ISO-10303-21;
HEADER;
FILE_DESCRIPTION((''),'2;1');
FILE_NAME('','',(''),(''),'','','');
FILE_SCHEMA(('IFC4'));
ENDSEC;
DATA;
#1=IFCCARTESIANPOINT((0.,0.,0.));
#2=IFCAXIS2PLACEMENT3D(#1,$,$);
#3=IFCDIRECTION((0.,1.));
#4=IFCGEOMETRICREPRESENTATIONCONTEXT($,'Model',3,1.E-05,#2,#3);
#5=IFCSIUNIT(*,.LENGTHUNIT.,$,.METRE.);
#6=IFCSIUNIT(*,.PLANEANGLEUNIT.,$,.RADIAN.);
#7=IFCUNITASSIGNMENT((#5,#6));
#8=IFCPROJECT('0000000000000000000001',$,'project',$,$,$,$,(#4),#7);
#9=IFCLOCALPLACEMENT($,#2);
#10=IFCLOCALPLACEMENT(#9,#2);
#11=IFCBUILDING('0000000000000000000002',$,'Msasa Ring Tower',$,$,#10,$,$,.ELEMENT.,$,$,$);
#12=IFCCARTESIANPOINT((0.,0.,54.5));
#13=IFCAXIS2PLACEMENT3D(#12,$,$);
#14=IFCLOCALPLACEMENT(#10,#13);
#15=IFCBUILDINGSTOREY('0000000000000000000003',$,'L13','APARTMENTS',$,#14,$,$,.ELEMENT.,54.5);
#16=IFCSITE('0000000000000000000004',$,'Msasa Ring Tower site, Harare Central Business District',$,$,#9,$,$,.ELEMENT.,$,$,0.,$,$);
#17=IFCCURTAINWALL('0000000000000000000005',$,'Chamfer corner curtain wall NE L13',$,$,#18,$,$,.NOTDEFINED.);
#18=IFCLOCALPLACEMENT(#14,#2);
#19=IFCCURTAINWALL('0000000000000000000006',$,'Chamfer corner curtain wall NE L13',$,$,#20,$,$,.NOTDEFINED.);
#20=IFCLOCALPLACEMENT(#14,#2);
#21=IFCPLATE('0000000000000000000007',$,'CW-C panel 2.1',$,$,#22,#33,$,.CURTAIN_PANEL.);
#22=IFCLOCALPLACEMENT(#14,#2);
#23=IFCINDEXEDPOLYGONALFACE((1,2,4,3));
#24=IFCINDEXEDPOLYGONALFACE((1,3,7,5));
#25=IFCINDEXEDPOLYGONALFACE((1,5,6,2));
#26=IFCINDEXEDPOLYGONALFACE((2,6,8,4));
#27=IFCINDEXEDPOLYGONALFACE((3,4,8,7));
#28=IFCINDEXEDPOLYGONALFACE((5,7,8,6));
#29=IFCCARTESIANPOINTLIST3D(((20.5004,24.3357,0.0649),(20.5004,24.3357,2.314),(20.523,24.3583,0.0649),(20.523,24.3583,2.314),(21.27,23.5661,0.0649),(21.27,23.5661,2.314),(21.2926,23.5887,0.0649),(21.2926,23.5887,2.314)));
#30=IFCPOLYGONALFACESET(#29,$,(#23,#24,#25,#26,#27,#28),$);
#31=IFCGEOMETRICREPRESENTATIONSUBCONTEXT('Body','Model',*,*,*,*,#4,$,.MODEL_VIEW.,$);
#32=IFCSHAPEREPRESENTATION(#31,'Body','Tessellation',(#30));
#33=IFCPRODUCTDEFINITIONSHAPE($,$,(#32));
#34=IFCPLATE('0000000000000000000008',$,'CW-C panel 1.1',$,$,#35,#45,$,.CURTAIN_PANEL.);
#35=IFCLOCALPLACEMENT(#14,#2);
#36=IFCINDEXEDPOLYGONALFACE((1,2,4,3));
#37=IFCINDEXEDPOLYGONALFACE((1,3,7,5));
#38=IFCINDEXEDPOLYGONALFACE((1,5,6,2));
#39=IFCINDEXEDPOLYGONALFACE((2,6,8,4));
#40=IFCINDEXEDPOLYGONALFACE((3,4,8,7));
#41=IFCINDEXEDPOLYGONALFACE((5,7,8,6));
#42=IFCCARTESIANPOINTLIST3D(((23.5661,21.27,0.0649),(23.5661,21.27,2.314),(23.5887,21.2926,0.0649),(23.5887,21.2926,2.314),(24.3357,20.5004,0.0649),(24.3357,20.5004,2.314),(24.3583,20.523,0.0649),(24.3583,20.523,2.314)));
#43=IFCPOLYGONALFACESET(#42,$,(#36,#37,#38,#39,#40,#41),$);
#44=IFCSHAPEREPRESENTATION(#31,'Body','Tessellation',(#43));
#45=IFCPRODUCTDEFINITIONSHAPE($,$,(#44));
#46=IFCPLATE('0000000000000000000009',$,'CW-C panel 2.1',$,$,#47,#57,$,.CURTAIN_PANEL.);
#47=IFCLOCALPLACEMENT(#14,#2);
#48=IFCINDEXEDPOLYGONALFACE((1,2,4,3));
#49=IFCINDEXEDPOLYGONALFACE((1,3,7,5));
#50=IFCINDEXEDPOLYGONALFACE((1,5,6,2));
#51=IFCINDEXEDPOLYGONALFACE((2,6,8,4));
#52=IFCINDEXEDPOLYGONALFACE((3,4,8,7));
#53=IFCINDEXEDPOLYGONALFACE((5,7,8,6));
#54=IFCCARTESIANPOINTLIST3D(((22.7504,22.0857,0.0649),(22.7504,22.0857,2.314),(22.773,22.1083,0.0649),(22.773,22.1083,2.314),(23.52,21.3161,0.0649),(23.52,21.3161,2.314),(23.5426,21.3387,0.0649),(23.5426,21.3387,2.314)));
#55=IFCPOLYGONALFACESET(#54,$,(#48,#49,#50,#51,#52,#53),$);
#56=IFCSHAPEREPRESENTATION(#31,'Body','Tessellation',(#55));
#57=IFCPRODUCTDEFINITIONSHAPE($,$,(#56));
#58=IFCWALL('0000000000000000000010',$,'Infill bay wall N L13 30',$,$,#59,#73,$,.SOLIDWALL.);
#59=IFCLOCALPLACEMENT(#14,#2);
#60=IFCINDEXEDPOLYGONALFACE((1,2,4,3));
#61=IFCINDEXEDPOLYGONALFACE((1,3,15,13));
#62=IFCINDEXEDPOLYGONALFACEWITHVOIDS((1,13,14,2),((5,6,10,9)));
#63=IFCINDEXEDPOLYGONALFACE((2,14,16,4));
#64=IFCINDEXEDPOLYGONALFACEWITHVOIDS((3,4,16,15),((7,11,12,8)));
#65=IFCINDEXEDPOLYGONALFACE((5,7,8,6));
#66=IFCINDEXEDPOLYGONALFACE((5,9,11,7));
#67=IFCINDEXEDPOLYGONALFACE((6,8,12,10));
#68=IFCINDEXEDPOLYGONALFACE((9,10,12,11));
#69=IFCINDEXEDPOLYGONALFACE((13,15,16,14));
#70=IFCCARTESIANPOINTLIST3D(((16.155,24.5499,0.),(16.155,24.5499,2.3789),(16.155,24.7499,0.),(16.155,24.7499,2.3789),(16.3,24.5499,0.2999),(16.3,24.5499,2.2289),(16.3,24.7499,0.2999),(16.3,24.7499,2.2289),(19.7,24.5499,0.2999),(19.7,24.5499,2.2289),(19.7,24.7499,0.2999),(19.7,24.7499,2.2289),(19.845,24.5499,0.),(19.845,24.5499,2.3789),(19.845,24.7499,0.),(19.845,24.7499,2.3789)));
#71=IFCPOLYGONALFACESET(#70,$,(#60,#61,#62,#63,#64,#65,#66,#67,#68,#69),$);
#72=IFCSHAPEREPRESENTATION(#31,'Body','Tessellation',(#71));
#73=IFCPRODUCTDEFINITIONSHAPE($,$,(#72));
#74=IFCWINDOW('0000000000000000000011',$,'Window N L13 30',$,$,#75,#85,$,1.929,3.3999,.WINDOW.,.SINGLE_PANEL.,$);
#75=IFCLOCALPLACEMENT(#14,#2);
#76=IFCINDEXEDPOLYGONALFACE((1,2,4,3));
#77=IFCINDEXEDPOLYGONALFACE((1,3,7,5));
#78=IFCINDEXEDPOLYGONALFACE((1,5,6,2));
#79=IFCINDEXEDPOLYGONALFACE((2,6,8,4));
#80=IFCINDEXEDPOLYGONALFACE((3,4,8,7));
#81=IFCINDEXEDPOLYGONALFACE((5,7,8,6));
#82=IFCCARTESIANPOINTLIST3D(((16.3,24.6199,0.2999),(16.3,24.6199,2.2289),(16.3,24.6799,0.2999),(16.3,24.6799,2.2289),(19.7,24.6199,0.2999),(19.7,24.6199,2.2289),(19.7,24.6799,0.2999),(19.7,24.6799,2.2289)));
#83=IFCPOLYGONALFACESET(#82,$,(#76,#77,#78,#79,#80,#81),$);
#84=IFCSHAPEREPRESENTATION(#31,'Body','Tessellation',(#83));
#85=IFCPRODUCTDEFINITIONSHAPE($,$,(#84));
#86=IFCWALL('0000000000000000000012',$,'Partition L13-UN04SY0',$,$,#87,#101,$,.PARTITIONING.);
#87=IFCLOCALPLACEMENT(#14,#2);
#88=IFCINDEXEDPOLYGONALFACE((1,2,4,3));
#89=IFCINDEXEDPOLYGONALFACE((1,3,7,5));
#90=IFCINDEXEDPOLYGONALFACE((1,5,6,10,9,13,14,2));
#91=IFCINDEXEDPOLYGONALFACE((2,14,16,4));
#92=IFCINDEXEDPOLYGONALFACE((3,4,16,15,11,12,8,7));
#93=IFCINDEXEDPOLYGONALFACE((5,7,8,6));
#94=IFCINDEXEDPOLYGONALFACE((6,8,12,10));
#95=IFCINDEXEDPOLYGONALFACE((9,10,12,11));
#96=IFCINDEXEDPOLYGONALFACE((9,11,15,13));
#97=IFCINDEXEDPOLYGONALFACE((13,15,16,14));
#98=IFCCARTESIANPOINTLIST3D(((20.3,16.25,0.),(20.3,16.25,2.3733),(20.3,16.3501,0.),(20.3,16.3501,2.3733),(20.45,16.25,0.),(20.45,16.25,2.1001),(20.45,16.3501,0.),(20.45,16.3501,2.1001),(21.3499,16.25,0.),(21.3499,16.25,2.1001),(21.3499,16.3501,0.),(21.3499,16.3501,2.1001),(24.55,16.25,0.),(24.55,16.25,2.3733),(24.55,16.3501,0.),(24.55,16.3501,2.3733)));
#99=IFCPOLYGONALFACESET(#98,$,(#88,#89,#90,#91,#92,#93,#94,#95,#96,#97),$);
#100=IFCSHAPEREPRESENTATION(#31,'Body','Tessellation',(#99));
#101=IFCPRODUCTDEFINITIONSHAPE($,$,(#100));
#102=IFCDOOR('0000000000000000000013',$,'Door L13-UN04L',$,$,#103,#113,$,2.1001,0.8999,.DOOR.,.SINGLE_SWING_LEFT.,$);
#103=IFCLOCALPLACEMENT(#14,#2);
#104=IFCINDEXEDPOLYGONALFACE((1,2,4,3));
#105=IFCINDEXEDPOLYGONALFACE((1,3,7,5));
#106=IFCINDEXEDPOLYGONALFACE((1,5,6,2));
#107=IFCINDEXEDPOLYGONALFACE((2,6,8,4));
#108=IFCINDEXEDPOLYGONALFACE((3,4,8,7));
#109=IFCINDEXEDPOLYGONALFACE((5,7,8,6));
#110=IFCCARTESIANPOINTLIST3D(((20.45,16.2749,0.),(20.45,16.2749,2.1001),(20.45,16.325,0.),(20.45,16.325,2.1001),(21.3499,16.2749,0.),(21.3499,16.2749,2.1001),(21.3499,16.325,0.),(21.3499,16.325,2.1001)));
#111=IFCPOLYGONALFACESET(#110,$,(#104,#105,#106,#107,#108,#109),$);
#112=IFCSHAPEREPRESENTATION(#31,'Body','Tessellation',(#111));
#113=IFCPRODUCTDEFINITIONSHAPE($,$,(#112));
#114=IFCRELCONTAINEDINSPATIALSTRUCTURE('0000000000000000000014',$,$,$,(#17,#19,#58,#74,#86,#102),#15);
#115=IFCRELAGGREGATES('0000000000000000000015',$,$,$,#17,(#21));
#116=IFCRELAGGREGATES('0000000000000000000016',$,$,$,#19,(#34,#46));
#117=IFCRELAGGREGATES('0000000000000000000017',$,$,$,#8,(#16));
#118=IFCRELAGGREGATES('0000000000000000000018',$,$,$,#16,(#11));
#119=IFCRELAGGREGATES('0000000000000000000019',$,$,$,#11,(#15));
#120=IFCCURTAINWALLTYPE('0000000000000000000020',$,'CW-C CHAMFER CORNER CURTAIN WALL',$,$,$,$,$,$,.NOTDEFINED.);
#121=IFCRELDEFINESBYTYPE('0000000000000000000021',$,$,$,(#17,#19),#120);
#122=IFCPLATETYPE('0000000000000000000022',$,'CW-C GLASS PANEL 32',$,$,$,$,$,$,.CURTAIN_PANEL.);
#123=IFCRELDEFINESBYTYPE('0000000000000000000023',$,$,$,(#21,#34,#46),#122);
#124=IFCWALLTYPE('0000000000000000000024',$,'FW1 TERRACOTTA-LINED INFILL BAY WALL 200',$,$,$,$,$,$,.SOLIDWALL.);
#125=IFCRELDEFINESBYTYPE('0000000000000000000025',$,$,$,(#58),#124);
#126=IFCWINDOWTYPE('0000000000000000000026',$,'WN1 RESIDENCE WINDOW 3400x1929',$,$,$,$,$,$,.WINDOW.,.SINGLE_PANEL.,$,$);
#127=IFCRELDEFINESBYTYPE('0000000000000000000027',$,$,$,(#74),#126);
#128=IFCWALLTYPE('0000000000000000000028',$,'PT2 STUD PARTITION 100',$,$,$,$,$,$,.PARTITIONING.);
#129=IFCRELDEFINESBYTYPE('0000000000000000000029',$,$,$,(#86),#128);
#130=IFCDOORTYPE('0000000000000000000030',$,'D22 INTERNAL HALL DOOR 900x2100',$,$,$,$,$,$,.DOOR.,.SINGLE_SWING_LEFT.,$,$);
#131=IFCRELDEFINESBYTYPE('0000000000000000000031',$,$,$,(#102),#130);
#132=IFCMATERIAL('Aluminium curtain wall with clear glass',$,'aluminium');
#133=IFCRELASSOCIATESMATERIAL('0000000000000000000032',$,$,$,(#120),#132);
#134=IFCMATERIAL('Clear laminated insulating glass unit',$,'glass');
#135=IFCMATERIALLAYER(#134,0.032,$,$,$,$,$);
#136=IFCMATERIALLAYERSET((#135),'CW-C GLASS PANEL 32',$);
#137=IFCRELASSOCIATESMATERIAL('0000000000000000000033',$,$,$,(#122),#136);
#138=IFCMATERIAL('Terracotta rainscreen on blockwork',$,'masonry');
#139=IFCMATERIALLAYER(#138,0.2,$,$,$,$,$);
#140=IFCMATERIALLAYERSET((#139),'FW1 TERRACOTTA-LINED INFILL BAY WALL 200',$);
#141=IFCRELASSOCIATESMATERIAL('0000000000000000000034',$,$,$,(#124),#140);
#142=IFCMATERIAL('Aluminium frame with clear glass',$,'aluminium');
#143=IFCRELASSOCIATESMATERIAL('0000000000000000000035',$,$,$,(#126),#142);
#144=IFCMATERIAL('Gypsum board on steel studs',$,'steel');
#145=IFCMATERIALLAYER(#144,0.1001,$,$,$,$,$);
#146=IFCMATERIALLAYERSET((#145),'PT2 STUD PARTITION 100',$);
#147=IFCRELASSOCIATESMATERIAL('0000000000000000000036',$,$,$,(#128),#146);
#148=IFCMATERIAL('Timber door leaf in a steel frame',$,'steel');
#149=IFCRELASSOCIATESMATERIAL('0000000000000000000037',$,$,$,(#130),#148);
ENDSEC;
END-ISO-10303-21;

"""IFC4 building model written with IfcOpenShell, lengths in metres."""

from ifc_helpers import new_model, si_unit, direction, frame, frame_2d, origin, origin_2d, place, context, subcontext, project, spatial, rectangle, extrude, material, layer, layer_set, type_object, element, fill, aggregate, save


model = new_model("IFC4")

# Units and contexts
model_context = context("Model", 3, precision=1e-05, world=origin(), true_north=direction((0.0, 1.0)))
body_context = subcontext(model_context, "Body", "Model", "MODEL_VIEW")
ifc_project = project(units=[si_unit("LENGTHUNIT", "METRE"), si_unit("PLANEANGLEUNIT", "RADIAN")], contexts=[model_context])

# Site, building, storey
site_placement = place(None, origin())
site = spatial("IfcSite", under=ifc_project, at=site_placement, Name="Msasa Ring Tower site, Harare Central Business District", CompositionType="ELEMENT", RefElevation=0.0)
building_placement = place(site_placement, origin())
building = spatial("IfcBuilding", under=site, at=building_placement, Name="Msasa Ring Tower", CompositionType="ELEMENT")
storey_placement = place(building_placement, frame((0.0, 0.0, 54.5)))
storey = spatial("IfcBuildingStorey", under=building, at=storey_placement, Name="L13", Description="APARTMENTS", CompositionType="ELEMENT", Elevation=54.5)

# Curtain walls
ifc_material_1 = material(Name="Aluminium curtain wall with clear glass", Category="aluminium")
curtain_wall_type = type_object("IfcCurtainWallType", Name="CW-C CHAMFER CORNER CURTAIN WALL", PredefinedType="NOTDEFINED", material=ifc_material_1)
curtain_wall_1_placement = place(storey_placement, origin())
curtain_wall_1 = element("IfcCurtainWall", 1, at=curtain_wall_1_placement, inside=storey, type_object=curtain_wall_type, Name="Chamfer corner curtain wall NE L13", PredefinedType="NOTDEFINED")
curtain_wall_2_placement = place(storey_placement, origin())
curtain_wall_2 = element("IfcCurtainWall", 2, at=curtain_wall_2_placement, inside=storey, type_object=curtain_wall_type, Name="Chamfer corner curtain wall NE L13", PredefinedType="NOTDEFINED")

# Plates
ifc_material_2 = material(Name="Clear laminated insulating glass unit", Category="glass")
ifc_layer_1 = layer(ifc_material_2, 0.032)
ifc_layer_set_1 = layer_set([ifc_layer_1], Name="CW-C GLASS PANEL 32")
plate_type = type_object("IfcPlateType", Name="CW-C GLASS PANEL 32", PredefinedType="CURTAIN_PANEL", material=ifc_layer_set_1)
plate_1_placement = place(storey_placement, frame((20.8965, 23.9622, 0.0649), z_axis=(0.0, 0.0, 1.0), x_axis=(-0.707107, 0.707107, 0.0)))
plate_1 = element("IfcPlate", 3, at=plate_1_placement, type_object=plate_type, Name="CW-C panel 2.1", PredefinedType="CURTAIN_PANEL", context=body_context, shape_type="SweptSolid", body=[
    extrude(rectangle(XDim=1.0884, YDim=0.032, at=origin_2d()), origin(), (0.0, 0.0, 1.0), 2.249),
])
aggregate(curtain_wall_1, [plate_1])
plate_2_placement = place(storey_placement, frame((23.9622, 20.8965, 0.0649), z_axis=(0.0, 0.0, 1.0), x_axis=(-0.707107, 0.707107, 0.0)))
plate_2 = element("IfcPlate", 4, at=plate_2_placement, type_object=plate_type, Name="CW-C panel 1.1", PredefinedType="CURTAIN_PANEL", context=body_context, shape_type="SweptSolid", body=[
    extrude(rectangle(XDim=1.0884, YDim=0.032, at=origin_2d()), origin(), (0.0, 0.0, 1.0), 2.249),
])
plate_3_placement = place(storey_placement, frame((23.1465, 21.7122, 0.0649), z_axis=(0.0, 0.0, 1.0), x_axis=(-0.707107, 0.707107, 0.0)))
plate_3 = element("IfcPlate", 5, at=plate_3_placement, type_object=plate_type, Name="CW-C panel 2.1", PredefinedType="CURTAIN_PANEL", context=body_context, shape_type="SweptSolid", body=[
    extrude(rectangle(XDim=1.0884, YDim=0.032, at=origin_2d()), origin(), (0.0, 0.0, 1.0), 2.249),
])
aggregate(curtain_wall_2, [plate_2, plate_3])

# Wall, opening, window
ifc_material_3 = material(Name="Terracotta rainscreen on blockwork", Category="masonry")
ifc_layer_2 = layer(ifc_material_3, 0.2)
ifc_layer_set_2 = layer_set([ifc_layer_2], Name="FW1 TERRACOTTA-LINED INFILL BAY WALL 200")
wall_type_1 = type_object("IfcWallType", Name="FW1 TERRACOTTA-LINED INFILL BAY WALL 200", PredefinedType="SOLIDWALL", material=ifc_layer_set_2)
wall_1_placement = place(storey_placement, frame((16.155, 24.6499, 0.0), z_axis=(0.0, 0.0, 1.0), x_axis=(1.0, 0.0, 0.0)))
wall_1 = element("IfcWall", 6, at=wall_1_placement, inside=storey, type_object=wall_type_1, Name="Infill bay wall N L13 30", PredefinedType="SOLIDWALL", context=body_context, shape_type="SweptSolid", body=[
    extrude(rectangle(XDim=3.6899, YDim=0.2, at=frame_2d((1.845, 0.0))), origin(), (0.0, 0.0, 1.0), 2.3789),
])
opening_1_placement = place(wall_1_placement, frame((0.145, 0.0, 0.3)))
opening_1 = element("IfcOpeningElement", 7, at=opening_1_placement, cuts=wall_1, PredefinedType="OPENING", context=body_context, shape_type="SweptSolid", body=[
    extrude(rectangle(XDim=3.3999, YDim=1.929, at=frame_2d((1.7, 0.9644))), frame((0.0, 0.1099, 0.0), z_axis=(0.0, -1.0, 0.0), x_axis=(1.0, 0.0, 0.0)), (0.0, 0.0, 1.0), 0.22),
])
ifc_material_4 = material(Name="Aluminium frame with clear glass", Category="aluminium")
window_type = type_object("IfcWindowType", Name="WN1 RESIDENCE WINDOW 3400x1929", PartitioningType="SINGLE_PANEL", PredefinedType="WINDOW", material=ifc_material_4)
window_placement = place(opening_1_placement, origin())
window = element("IfcWindow", 8, at=window_placement, inside=storey, type_object=window_type, Name="Window N L13 30", OverallHeight=1.929, OverallWidth=3.3999, PartitioningType="SINGLE_PANEL", PredefinedType="WINDOW", context=body_context, shape_type="SweptSolid", body=[
    extrude(rectangle(XDim=3.3999, YDim=1.929, at=frame_2d((1.7, 0.9644))), frame((0.0, 0.03, 0.0), z_axis=(0.0, -1.0, 0.0), x_axis=(1.0, 0.0, 0.0)), (0.0, 0.0, 1.0), 0.0601),
])
fill(opening_1, window)

# Wall, opening, door
ifc_material_5 = material(Name="Gypsum board on steel studs", Category="steel")
ifc_layer_3 = layer(ifc_material_5, 0.1001)
ifc_layer_set_3 = layer_set([ifc_layer_3], Name="PT2 STUD PARTITION 100")
wall_type_2 = type_object("IfcWallType", Name="PT2 STUD PARTITION 100", PredefinedType="PARTITIONING", material=ifc_layer_set_3)
wall_2_placement = place(storey_placement, frame((20.3, 16.3, 0.0), z_axis=(0.0, 0.0, 1.0), x_axis=(1.0, 0.0, 0.0)))
wall_2 = element("IfcWall", 9, at=wall_2_placement, inside=storey, type_object=wall_type_2, Name="Partition L13-UN04SY0", PredefinedType="PARTITIONING", context=body_context, shape_type="SweptSolid", body=[
    extrude(rectangle(XDim=4.25, YDim=0.1001, at=frame_2d((2.125, 0.0))), origin(), (0.0, 0.0, 1.0), 2.3733),
])
opening_2_placement = place(wall_2_placement, frame((0.1499, 0.0, 0.0)))
opening_2 = element("IfcOpeningElement", 10, at=opening_2_placement, cuts=wall_2, PredefinedType="OPENING", context=body_context, shape_type="SweptSolid", body=[
    extrude(rectangle(XDim=0.8999, YDim=2.1001, at=frame_2d((0.45, 1.05))), frame((0.0, 0.0601, 0.0), z_axis=(0.0, -1.0, 0.0), x_axis=(1.0, 0.0, 0.0)), (0.0, 0.0, 1.0), 0.1201),
])
ifc_material_6 = material(Name="Timber door leaf in a steel frame", Category="steel")
door_type = type_object("IfcDoorType", Name="D22 INTERNAL HALL DOOR 900x2100", OperationType="SINGLE_SWING_LEFT", PredefinedType="DOOR", material=ifc_material_6)
door_placement = place(opening_2_placement, origin())
door = element("IfcDoor", 11, at=door_placement, inside=storey, type_object=door_type, Name="Door L13-UN04L", OperationType="SINGLE_SWING_LEFT", OverallHeight=2.1001, OverallWidth=0.8999, PredefinedType="DOOR", context=body_context, shape_type="SweptSolid", body=[
    extrude(rectangle(XDim=0.8999, YDim=2.1001, at=frame_2d((0.45, 1.05))), frame((0.0, 0.0249, 0.0), z_axis=(0.0, -1.0, 0.0), x_axis=(1.0, 0.0, 0.0)), (0.0, 0.0, 1.0), 0.05),
])
fill(opening_2, door)

save(model, "model.ifc")
